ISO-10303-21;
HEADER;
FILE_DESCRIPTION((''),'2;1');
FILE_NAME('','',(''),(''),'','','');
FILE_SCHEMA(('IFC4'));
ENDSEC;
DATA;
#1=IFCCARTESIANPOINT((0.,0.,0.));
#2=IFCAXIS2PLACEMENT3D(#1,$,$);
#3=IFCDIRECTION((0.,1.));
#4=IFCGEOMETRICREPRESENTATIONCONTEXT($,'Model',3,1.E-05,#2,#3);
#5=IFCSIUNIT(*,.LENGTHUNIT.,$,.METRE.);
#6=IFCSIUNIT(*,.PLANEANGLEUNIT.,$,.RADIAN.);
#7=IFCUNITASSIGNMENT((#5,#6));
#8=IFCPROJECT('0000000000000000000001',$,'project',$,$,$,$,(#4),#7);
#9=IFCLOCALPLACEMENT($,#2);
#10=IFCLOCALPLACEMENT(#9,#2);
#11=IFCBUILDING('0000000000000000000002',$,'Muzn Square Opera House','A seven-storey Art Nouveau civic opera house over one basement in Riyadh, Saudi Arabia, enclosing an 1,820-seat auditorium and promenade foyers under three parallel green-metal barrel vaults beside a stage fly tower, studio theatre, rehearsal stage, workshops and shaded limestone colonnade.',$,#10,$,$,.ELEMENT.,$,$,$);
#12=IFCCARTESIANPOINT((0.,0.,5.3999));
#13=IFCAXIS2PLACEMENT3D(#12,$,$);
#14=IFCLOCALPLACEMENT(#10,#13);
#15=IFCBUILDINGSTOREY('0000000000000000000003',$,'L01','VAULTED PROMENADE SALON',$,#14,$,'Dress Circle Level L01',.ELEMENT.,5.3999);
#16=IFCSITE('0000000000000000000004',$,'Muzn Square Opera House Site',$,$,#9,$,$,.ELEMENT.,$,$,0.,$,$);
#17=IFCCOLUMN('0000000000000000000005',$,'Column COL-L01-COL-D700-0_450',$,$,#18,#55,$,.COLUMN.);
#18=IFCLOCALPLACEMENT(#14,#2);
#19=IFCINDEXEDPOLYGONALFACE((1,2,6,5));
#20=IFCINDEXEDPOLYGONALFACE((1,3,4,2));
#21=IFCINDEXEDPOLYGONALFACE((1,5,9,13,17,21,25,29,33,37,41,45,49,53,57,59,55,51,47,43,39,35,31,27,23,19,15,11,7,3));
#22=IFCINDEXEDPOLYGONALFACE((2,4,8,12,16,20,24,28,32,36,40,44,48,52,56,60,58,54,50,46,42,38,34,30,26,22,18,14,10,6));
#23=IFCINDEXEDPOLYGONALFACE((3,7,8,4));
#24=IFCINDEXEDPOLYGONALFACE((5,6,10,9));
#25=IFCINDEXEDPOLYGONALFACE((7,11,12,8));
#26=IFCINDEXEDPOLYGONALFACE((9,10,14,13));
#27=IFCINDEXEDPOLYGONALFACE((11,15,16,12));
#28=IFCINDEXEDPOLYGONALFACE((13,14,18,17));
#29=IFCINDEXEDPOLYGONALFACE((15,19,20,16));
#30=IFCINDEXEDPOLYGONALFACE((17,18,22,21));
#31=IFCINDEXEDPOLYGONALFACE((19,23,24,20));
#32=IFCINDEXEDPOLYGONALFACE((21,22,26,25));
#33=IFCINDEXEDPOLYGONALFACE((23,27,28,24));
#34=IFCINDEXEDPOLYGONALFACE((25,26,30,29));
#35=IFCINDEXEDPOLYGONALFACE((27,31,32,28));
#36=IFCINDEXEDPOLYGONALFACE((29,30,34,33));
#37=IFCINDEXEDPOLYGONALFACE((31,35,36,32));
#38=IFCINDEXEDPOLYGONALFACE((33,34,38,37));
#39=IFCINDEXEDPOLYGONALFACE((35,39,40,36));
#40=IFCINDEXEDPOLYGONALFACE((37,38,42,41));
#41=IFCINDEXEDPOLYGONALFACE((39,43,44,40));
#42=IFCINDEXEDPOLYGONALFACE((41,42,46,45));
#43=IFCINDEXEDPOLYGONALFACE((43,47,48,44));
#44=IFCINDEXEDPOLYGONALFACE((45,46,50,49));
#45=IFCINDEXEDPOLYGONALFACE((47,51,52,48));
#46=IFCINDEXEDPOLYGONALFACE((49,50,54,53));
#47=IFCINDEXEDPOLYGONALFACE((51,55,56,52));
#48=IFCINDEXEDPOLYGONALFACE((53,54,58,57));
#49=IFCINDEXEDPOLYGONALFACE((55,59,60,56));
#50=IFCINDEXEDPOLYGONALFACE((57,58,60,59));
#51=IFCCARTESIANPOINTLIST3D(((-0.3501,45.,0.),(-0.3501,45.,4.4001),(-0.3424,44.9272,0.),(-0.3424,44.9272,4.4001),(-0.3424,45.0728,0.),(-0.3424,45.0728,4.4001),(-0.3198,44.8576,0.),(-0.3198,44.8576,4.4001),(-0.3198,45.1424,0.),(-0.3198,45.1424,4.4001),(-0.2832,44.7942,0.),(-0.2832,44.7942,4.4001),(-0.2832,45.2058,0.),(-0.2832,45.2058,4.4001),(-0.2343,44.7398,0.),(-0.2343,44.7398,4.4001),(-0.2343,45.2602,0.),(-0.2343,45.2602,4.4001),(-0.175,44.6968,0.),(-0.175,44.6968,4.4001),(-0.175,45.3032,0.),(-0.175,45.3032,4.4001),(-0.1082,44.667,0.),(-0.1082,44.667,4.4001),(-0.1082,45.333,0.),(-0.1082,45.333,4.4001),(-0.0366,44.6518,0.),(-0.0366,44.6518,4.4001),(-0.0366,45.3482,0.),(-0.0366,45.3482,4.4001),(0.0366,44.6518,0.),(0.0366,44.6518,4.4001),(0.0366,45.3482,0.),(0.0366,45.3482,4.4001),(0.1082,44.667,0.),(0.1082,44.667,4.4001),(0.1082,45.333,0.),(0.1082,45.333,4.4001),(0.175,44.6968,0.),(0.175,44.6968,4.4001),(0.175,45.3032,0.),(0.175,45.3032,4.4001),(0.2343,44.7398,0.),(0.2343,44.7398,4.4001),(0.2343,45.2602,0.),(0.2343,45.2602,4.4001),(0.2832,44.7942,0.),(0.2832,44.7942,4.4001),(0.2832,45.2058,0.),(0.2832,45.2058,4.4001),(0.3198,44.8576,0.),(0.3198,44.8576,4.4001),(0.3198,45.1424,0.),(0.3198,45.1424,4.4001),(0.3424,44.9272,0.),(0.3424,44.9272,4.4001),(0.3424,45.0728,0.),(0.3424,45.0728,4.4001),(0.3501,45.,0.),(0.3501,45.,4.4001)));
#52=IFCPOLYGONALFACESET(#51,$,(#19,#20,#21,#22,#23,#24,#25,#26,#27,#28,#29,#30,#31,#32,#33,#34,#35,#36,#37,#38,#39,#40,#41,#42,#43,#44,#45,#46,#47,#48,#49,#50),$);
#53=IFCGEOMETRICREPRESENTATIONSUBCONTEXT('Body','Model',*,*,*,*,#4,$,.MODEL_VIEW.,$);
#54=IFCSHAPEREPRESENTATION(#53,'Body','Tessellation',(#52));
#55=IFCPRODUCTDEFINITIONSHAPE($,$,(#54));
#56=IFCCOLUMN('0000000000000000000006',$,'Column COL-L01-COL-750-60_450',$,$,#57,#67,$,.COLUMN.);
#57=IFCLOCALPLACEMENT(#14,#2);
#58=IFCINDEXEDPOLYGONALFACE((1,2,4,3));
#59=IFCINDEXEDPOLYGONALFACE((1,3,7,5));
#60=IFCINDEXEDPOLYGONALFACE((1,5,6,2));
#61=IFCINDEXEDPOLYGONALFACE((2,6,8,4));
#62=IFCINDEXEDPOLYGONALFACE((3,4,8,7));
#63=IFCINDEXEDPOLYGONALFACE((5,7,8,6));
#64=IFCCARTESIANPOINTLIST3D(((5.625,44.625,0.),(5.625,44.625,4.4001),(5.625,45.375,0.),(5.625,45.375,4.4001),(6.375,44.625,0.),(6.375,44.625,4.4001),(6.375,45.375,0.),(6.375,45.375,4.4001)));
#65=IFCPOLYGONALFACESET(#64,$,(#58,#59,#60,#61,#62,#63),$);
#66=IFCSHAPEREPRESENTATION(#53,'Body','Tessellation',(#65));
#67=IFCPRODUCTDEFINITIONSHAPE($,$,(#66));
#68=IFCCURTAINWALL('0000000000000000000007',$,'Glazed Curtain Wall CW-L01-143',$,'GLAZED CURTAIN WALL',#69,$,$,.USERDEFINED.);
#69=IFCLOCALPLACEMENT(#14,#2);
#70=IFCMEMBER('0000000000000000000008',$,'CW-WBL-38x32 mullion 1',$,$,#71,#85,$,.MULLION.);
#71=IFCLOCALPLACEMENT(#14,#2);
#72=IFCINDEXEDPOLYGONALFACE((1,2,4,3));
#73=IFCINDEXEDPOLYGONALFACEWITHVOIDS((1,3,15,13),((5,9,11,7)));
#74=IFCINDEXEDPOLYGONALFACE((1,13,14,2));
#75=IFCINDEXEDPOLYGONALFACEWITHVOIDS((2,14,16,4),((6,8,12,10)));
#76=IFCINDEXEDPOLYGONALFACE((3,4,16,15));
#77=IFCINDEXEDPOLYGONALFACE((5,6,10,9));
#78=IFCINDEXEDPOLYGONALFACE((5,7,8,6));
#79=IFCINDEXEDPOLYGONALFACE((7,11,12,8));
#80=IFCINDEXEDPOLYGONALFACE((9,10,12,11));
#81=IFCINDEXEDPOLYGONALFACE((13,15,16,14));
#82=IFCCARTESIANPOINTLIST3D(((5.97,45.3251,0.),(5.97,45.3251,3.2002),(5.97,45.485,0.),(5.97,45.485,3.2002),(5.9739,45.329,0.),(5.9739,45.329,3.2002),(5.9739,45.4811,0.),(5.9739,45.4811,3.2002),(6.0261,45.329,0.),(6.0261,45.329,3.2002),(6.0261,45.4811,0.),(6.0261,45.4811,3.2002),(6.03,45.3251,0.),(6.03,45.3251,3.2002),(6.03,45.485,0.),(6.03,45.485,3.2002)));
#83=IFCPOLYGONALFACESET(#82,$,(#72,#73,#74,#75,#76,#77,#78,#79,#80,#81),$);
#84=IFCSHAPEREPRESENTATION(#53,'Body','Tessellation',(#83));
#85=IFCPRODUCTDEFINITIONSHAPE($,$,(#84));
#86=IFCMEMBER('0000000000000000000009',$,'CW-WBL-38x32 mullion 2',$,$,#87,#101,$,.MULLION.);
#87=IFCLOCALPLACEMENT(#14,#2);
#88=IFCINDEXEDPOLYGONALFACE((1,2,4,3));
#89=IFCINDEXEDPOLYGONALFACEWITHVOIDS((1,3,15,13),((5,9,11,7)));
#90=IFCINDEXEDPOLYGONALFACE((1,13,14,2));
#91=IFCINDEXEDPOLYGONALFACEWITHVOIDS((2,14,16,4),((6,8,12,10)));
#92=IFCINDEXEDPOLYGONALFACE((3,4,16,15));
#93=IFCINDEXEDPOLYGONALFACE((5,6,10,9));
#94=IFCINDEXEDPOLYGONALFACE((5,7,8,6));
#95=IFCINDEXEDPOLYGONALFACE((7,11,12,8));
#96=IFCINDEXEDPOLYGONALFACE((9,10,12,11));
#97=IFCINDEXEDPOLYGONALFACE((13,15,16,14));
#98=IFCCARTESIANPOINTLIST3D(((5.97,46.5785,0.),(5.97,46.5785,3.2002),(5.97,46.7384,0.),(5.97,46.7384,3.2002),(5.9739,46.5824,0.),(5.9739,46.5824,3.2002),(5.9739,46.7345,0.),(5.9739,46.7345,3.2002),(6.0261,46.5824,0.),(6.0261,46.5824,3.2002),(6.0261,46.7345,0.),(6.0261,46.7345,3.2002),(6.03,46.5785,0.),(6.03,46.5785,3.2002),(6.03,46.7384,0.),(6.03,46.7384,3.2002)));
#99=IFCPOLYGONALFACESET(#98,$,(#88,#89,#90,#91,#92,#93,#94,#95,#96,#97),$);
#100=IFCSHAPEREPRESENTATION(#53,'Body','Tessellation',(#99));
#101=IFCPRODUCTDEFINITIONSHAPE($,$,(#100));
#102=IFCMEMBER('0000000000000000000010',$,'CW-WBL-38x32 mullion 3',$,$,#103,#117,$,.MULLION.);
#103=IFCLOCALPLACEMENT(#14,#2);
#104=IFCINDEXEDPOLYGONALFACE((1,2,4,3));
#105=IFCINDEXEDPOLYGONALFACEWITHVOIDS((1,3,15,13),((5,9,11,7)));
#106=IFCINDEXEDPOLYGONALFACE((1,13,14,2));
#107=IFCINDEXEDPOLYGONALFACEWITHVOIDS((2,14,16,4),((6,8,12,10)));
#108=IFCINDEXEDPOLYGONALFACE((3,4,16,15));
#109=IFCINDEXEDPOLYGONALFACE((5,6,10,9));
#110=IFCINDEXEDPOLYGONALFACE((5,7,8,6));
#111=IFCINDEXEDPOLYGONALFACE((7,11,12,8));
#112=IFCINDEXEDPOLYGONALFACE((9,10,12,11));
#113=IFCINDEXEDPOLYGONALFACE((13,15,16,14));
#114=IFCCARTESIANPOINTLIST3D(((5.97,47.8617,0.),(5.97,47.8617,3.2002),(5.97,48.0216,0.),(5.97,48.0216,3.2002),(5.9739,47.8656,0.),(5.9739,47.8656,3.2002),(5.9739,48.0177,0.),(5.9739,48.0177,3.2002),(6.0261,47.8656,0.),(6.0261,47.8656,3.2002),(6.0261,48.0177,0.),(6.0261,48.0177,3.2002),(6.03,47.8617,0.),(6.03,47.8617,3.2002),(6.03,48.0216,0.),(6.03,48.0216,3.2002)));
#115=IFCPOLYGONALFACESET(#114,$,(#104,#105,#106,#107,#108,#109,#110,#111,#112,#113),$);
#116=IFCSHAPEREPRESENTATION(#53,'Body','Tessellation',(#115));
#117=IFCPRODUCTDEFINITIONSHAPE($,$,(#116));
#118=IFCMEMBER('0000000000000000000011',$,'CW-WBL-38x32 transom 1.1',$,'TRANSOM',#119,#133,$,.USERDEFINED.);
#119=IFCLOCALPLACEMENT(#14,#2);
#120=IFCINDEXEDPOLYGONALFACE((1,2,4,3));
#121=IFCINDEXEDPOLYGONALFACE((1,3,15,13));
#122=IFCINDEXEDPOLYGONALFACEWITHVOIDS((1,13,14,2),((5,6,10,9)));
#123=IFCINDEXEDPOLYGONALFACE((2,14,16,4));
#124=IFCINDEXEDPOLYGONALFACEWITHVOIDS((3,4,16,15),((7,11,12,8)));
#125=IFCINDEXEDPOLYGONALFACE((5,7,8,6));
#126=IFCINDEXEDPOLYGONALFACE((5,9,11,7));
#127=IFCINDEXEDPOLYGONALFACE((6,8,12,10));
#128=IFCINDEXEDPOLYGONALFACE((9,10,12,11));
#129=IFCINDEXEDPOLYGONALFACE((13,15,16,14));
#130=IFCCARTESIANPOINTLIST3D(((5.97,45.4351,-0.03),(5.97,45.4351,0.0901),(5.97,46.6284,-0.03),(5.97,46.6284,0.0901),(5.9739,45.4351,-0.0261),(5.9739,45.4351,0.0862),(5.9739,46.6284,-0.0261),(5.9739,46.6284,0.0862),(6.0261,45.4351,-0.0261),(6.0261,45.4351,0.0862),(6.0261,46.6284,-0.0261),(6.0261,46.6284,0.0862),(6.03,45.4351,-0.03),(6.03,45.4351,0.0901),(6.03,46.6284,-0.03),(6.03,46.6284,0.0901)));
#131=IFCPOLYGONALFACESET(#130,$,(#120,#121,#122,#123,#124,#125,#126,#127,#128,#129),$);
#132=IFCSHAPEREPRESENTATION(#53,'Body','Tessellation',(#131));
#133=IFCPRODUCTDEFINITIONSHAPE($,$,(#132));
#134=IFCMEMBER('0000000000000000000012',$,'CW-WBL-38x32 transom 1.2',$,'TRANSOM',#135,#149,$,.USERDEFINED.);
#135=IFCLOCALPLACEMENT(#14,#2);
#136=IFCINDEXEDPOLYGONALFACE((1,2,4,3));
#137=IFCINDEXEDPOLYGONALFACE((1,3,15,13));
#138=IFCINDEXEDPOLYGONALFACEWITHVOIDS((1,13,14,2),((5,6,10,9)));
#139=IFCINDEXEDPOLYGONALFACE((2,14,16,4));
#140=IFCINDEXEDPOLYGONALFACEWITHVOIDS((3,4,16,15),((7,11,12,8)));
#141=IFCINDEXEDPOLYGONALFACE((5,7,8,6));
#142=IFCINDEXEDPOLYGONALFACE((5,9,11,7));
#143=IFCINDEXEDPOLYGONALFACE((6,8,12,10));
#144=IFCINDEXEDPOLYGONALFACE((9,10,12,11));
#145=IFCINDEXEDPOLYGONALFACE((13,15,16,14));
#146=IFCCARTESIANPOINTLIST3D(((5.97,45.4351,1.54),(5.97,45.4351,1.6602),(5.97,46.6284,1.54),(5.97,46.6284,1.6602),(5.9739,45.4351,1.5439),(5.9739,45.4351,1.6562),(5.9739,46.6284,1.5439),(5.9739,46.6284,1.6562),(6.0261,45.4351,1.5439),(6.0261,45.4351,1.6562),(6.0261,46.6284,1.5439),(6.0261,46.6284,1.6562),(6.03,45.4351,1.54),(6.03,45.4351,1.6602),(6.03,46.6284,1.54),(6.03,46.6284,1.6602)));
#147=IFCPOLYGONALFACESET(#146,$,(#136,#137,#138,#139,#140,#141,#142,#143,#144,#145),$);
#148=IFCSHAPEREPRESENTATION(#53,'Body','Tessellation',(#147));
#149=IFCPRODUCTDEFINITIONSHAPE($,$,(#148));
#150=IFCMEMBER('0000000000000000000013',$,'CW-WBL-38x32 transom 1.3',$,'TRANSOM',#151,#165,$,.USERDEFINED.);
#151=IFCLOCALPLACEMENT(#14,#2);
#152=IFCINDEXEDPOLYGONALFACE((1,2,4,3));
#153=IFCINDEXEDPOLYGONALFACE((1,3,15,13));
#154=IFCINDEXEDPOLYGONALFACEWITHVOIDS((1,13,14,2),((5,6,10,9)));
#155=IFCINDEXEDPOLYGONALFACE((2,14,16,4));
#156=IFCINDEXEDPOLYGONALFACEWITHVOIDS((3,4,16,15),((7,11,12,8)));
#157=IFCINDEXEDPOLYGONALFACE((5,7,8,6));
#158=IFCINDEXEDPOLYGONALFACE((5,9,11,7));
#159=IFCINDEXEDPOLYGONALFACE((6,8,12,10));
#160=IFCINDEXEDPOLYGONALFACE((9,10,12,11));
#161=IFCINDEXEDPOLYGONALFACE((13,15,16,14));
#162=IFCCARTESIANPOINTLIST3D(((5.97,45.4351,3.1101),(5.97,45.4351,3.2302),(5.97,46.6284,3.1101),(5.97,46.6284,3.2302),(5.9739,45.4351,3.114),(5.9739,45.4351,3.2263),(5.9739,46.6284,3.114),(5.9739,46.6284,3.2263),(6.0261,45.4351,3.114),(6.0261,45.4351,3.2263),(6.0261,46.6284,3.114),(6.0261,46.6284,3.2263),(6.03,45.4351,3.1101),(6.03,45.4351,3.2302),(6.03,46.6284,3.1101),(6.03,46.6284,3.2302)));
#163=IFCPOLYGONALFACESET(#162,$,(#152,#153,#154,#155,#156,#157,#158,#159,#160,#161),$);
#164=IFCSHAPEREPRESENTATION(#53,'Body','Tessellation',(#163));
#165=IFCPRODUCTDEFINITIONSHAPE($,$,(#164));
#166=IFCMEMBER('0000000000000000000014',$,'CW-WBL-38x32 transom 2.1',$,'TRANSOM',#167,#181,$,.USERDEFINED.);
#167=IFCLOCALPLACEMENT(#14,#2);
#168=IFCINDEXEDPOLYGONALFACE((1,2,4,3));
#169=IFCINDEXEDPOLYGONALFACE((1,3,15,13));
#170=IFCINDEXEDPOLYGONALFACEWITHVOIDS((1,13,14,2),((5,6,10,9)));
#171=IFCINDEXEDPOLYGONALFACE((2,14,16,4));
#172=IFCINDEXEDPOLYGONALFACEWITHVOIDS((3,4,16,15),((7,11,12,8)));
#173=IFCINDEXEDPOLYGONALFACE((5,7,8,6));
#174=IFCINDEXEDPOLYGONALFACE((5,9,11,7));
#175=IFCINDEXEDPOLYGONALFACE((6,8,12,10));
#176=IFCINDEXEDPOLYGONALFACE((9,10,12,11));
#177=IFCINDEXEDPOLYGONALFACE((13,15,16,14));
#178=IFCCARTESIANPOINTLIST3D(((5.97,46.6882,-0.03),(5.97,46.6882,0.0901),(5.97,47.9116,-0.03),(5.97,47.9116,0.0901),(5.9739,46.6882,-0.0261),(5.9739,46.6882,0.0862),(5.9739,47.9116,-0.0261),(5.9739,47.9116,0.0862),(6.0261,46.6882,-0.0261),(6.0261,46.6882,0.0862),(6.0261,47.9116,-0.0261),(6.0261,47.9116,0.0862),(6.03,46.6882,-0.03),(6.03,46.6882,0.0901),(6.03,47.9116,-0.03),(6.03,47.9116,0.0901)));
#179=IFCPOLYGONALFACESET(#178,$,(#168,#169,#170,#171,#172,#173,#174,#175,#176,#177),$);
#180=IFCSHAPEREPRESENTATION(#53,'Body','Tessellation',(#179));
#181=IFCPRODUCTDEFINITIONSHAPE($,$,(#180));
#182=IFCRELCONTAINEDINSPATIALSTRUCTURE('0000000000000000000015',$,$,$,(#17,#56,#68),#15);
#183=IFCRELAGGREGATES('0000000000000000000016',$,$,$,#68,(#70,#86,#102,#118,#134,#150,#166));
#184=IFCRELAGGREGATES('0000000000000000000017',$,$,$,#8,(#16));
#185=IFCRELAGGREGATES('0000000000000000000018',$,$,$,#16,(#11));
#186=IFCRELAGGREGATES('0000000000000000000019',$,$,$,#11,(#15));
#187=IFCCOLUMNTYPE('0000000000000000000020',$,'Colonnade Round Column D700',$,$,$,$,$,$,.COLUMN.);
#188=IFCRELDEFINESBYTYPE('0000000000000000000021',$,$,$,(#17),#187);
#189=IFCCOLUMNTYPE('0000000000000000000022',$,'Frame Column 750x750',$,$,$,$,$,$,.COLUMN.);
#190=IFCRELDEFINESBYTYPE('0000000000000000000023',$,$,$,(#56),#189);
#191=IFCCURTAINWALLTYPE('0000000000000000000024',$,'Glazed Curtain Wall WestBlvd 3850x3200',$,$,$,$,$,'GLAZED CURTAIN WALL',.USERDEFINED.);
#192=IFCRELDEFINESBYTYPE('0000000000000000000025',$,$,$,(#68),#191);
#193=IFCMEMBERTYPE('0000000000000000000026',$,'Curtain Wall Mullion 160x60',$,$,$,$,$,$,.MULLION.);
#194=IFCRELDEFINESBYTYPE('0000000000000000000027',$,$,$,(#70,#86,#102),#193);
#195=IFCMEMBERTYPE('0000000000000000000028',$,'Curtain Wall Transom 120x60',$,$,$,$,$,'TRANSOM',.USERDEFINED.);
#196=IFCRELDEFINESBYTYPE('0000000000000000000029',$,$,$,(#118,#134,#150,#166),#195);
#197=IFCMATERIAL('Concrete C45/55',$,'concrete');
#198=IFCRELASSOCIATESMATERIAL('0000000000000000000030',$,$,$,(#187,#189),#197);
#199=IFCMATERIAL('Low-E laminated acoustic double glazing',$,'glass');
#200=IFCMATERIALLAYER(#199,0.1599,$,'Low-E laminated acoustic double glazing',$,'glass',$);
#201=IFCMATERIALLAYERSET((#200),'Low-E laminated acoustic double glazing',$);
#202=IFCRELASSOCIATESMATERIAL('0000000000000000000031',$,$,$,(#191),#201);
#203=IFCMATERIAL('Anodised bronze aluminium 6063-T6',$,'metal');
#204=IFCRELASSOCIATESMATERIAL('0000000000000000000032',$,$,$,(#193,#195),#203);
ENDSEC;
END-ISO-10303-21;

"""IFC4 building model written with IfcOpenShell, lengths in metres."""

from ifc_helpers import new_model, si_unit, direction, frame, origin, origin_2d, place, context, subcontext, project, spatial, rectangle, hollow_rectangle, circle, extrude, material, layer, layer_set, material_profile, profile_set, type_object, element, aggregate, save


model = new_model("IFC4")

# Units and contexts
model_context = context("Model", 3, precision=1e-05, world=origin(), true_north=direction((0.0, 1.0)))
body_context = subcontext(model_context, "Body", "Model", "MODEL_VIEW")
ifc_project = project(units=[si_unit("LENGTHUNIT", "METRE"), si_unit("PLANEANGLEUNIT", "RADIAN")], contexts=[model_context])

# Site, building, storey
site_placement = place(None, origin())
site = spatial("IfcSite", under=ifc_project, at=site_placement, Name="Muzn Square Opera House Site", CompositionType="ELEMENT", RefElevation=0.0)
building_placement = place(site_placement, origin())
building = spatial("IfcBuilding", under=site, at=building_placement, Name="Muzn Square Opera House", Description="A seven-storey Art Nouveau civic opera house over one basement in Riyadh, Saudi Arabia, enclosing an 1,820-seat auditorium and promenade foyers under three parallel green-metal barrel vaults beside a stage fly tower, studio theatre, rehearsal stage, workshops and shaded limestone colonnade.", CompositionType="ELEMENT")
storey_placement = place(building_placement, frame((0.0, 0.0, 5.3999)))
storey = spatial("IfcBuildingStorey", under=building, at=storey_placement, Name="L01", Description="VAULTED PROMENADE SALON", LongName="Dress Circle Level L01", CompositionType="ELEMENT", Elevation=5.3999)

# Columns
ifc_material_1 = material(Name="Concrete C45/55", Category="concrete")
ifc_material_profile_1 = material_profile(ifc_material_1, circle(Radius=0.3501, at=origin_2d()), Name="RCC D700", Category="concrete")
ifc_profile_set_1 = profile_set([ifc_material_profile_1], Name="Concrete C45/55")
column_type_1 = type_object("IfcColumnType", Name="Colonnade Round Column D700", PredefinedType="COLUMN", material=ifc_profile_set_1)
column_1_placement = place(storey_placement, frame((0.0, 45.0, 0.0), z_axis=(0.0, 0.0, 1.0), x_axis=(1.0, 0.0, 0.0)))
element("IfcColumn", 1, at=column_1_placement, inside=storey, type_object=column_type_1, Name="Column COL-L01-COL-D700-0_450", PredefinedType="COLUMN", context=body_context, shape_type="SweptSolid", body=[
    extrude(circle(Radius=0.3501, at=origin_2d()), origin(), (0.0, 0.0, 1.0), 4.4001),
])
ifc_material_profile_2 = material_profile(ifc_material_1, rectangle(XDim=0.75, YDim=0.75, at=origin_2d()), Name="RC 750x750", Category="concrete")
ifc_profile_set_2 = profile_set([ifc_material_profile_2], Name="Concrete C45/55")
column_type_2 = type_object("IfcColumnType", Name="Frame Column 750x750", PredefinedType="COLUMN", material=ifc_profile_set_2)
column_2_placement = place(storey_placement, frame((6.0, 45.0, 0.0), z_axis=(0.0, 0.0, 1.0), x_axis=(1.0, 0.0, 0.0)))
element("IfcColumn", 2, at=column_2_placement, inside=storey, type_object=column_type_2, Name="Column COL-L01-COL-750-60_450", PredefinedType="COLUMN", context=body_context, shape_type="SweptSolid", body=[
    extrude(rectangle(XDim=0.75, YDim=0.75, at=origin_2d()), origin(), (0.0, 0.0, 1.0), 4.4001),
])

# Curtain wall, members
ifc_material_2 = material(Name="Low-E laminated acoustic double glazing", Category="glass")
ifc_layer_1 = layer(ifc_material_2, 0.1599, Name="Low-E laminated acoustic double glazing", Category="glass")
ifc_layer_set_1 = layer_set([ifc_layer_1], Name="Low-E laminated acoustic double glazing")
curtain_wall_type = type_object("IfcCurtainWallType", Name="Glazed Curtain Wall WestBlvd 3850x3200", ElementType="GLAZED CURTAIN WALL", PredefinedType="USERDEFINED", material=ifc_layer_set_1)
curtain_wall_placement = place(storey_placement, origin())
curtain_wall = element("IfcCurtainWall", 3, at=curtain_wall_placement, inside=storey, type_object=curtain_wall_type, Name="Glazed Curtain Wall CW-L01-143", ObjectType="GLAZED CURTAIN WALL", PredefinedType="USERDEFINED")
ifc_material_3 = material(Name="Anodised bronze aluminium 6063-T6", Category="metal")
ifc_material_profile_3 = material_profile(ifc_material_3, hollow_rectangle(XDim=0.0601, YDim=0.1599, WallThickness=0.0039, at=origin_2d()), Name="ALU 160x60x4", Category="metal")
ifc_profile_set_3 = profile_set([ifc_material_profile_3], Name="Anodised bronze aluminium 6063-T6")
member_type_1 = type_object("IfcMemberType", Name="Curtain Wall Mullion 160x60", PredefinedType="MULLION", material=ifc_profile_set_3)
member_1_placement = place(storey_placement, frame((6.0, 45.405, 0.0), z_axis=(0.0, 0.0, 1.0), x_axis=(-1.0, 0.0, 0.0)))
member_1 = element("IfcMember", 4, at=member_1_placement, type_object=member_type_1, Name="CW-WBL-38x32 mullion 1", PredefinedType="MULLION", context=body_context, shape_type="SweptSolid", body=[
    extrude(hollow_rectangle(XDim=0.0601, YDim=0.1599, WallThickness=0.0039, at=origin_2d()), origin(), (0.0, 0.0, 1.0), 3.2002),
])
member_2_placement = place(storey_placement, frame((6.0, 46.6584, 0.0), z_axis=(0.0, 0.0, 1.0), x_axis=(-1.0, 0.0, 0.0)))
member_2 = element("IfcMember", 5, at=member_2_placement, type_object=member_type_1, Name="CW-WBL-38x32 mullion 2", PredefinedType="MULLION", context=body_context, shape_type="SweptSolid", body=[
    extrude(hollow_rectangle(XDim=0.0601, YDim=0.1599, WallThickness=0.0039, at=origin_2d()), origin(), (0.0, 0.0, 1.0), 3.2002),
])
member_3_placement = place(storey_placement, frame((6.0, 47.9417, 0.0), z_axis=(0.0, 0.0, 1.0), x_axis=(-1.0, 0.0, 0.0)))
member_3 = element("IfcMember", 6, at=member_3_placement, type_object=member_type_1, Name="CW-WBL-38x32 mullion 3", PredefinedType="MULLION", context=body_context, shape_type="SweptSolid", body=[
    extrude(hollow_rectangle(XDim=0.0601, YDim=0.1599, WallThickness=0.0039, at=origin_2d()), origin(), (0.0, 0.0, 1.0), 3.2002),
])
ifc_material_profile_4 = material_profile(ifc_material_3, hollow_rectangle(XDim=0.0601, YDim=0.1201, WallThickness=0.0039, at=origin_2d()), Name="ALU 120x60x4", Category="metal")
ifc_profile_set_4 = profile_set([ifc_material_profile_4], Name="Anodised bronze aluminium 6063-T6")
member_type_2 = type_object("IfcMemberType", Name="Curtain Wall Transom 120x60", ElementType="TRANSOM", PredefinedType="USERDEFINED", material=ifc_profile_set_4)
member_4_placement = place(storey_placement, frame((6.0, 45.4351, 0.03), z_axis=(0.0, 1.0, 0.0), x_axis=(-1.0, 0.0, 0.0)))
member_4 = element("IfcMember", 7, at=member_4_placement, type_object=member_type_2, Name="CW-WBL-38x32 transom 1.1", ObjectType="TRANSOM", PredefinedType="USERDEFINED", context=body_context, shape_type="SweptSolid", body=[
    extrude(hollow_rectangle(XDim=0.0601, YDim=0.1201, WallThickness=0.0039, at=origin_2d()), origin(), (0.0, 0.0, 1.0), 1.1934),
])
member_5_placement = place(storey_placement, frame((6.0, 45.4351, 1.6001), z_axis=(0.0, 1.0, 0.0), x_axis=(-1.0, 0.0, 0.0)))
member_5 = element("IfcMember", 8, at=member_5_placement, type_object=member_type_2, Name="CW-WBL-38x32 transom 1.2", ObjectType="TRANSOM", PredefinedType="USERDEFINED", context=body_context, shape_type="SweptSolid", body=[
    extrude(hollow_rectangle(XDim=0.0601, YDim=0.1201, WallThickness=0.0039, at=origin_2d()), origin(), (0.0, 0.0, 1.0), 1.1934),
])
member_6_placement = place(storey_placement, frame((6.0, 45.4351, 3.1702), z_axis=(0.0, 1.0, 0.0), x_axis=(-1.0, 0.0, 0.0)))
member_6 = element("IfcMember", 9, at=member_6_placement, type_object=member_type_2, Name="CW-WBL-38x32 transom 1.3", ObjectType="TRANSOM", PredefinedType="USERDEFINED", context=body_context, shape_type="SweptSolid", body=[
    extrude(hollow_rectangle(XDim=0.0601, YDim=0.1201, WallThickness=0.0039, at=origin_2d()), origin(), (0.0, 0.0, 1.0), 1.1934),
])
member_7_placement = place(storey_placement, frame((6.0, 46.6882, 0.03), z_axis=(0.0, 1.0, 0.0), x_axis=(-1.0, 0.0, 0.0)))
member_7 = element("IfcMember", 10, at=member_7_placement, type_object=member_type_2, Name="CW-WBL-38x32 transom 2.1", ObjectType="TRANSOM", PredefinedType="USERDEFINED", context=body_context, shape_type="SweptSolid", body=[
    extrude(hollow_rectangle(XDim=0.0601, YDim=0.1201, WallThickness=0.0039, at=origin_2d()), origin(), (0.0, 0.0, 1.0), 1.2234),
])

aggregate(curtain_wall, [member_1, member_2, member_3, member_4, member_5, member_6, member_7])

save(model, "model.ifc")
